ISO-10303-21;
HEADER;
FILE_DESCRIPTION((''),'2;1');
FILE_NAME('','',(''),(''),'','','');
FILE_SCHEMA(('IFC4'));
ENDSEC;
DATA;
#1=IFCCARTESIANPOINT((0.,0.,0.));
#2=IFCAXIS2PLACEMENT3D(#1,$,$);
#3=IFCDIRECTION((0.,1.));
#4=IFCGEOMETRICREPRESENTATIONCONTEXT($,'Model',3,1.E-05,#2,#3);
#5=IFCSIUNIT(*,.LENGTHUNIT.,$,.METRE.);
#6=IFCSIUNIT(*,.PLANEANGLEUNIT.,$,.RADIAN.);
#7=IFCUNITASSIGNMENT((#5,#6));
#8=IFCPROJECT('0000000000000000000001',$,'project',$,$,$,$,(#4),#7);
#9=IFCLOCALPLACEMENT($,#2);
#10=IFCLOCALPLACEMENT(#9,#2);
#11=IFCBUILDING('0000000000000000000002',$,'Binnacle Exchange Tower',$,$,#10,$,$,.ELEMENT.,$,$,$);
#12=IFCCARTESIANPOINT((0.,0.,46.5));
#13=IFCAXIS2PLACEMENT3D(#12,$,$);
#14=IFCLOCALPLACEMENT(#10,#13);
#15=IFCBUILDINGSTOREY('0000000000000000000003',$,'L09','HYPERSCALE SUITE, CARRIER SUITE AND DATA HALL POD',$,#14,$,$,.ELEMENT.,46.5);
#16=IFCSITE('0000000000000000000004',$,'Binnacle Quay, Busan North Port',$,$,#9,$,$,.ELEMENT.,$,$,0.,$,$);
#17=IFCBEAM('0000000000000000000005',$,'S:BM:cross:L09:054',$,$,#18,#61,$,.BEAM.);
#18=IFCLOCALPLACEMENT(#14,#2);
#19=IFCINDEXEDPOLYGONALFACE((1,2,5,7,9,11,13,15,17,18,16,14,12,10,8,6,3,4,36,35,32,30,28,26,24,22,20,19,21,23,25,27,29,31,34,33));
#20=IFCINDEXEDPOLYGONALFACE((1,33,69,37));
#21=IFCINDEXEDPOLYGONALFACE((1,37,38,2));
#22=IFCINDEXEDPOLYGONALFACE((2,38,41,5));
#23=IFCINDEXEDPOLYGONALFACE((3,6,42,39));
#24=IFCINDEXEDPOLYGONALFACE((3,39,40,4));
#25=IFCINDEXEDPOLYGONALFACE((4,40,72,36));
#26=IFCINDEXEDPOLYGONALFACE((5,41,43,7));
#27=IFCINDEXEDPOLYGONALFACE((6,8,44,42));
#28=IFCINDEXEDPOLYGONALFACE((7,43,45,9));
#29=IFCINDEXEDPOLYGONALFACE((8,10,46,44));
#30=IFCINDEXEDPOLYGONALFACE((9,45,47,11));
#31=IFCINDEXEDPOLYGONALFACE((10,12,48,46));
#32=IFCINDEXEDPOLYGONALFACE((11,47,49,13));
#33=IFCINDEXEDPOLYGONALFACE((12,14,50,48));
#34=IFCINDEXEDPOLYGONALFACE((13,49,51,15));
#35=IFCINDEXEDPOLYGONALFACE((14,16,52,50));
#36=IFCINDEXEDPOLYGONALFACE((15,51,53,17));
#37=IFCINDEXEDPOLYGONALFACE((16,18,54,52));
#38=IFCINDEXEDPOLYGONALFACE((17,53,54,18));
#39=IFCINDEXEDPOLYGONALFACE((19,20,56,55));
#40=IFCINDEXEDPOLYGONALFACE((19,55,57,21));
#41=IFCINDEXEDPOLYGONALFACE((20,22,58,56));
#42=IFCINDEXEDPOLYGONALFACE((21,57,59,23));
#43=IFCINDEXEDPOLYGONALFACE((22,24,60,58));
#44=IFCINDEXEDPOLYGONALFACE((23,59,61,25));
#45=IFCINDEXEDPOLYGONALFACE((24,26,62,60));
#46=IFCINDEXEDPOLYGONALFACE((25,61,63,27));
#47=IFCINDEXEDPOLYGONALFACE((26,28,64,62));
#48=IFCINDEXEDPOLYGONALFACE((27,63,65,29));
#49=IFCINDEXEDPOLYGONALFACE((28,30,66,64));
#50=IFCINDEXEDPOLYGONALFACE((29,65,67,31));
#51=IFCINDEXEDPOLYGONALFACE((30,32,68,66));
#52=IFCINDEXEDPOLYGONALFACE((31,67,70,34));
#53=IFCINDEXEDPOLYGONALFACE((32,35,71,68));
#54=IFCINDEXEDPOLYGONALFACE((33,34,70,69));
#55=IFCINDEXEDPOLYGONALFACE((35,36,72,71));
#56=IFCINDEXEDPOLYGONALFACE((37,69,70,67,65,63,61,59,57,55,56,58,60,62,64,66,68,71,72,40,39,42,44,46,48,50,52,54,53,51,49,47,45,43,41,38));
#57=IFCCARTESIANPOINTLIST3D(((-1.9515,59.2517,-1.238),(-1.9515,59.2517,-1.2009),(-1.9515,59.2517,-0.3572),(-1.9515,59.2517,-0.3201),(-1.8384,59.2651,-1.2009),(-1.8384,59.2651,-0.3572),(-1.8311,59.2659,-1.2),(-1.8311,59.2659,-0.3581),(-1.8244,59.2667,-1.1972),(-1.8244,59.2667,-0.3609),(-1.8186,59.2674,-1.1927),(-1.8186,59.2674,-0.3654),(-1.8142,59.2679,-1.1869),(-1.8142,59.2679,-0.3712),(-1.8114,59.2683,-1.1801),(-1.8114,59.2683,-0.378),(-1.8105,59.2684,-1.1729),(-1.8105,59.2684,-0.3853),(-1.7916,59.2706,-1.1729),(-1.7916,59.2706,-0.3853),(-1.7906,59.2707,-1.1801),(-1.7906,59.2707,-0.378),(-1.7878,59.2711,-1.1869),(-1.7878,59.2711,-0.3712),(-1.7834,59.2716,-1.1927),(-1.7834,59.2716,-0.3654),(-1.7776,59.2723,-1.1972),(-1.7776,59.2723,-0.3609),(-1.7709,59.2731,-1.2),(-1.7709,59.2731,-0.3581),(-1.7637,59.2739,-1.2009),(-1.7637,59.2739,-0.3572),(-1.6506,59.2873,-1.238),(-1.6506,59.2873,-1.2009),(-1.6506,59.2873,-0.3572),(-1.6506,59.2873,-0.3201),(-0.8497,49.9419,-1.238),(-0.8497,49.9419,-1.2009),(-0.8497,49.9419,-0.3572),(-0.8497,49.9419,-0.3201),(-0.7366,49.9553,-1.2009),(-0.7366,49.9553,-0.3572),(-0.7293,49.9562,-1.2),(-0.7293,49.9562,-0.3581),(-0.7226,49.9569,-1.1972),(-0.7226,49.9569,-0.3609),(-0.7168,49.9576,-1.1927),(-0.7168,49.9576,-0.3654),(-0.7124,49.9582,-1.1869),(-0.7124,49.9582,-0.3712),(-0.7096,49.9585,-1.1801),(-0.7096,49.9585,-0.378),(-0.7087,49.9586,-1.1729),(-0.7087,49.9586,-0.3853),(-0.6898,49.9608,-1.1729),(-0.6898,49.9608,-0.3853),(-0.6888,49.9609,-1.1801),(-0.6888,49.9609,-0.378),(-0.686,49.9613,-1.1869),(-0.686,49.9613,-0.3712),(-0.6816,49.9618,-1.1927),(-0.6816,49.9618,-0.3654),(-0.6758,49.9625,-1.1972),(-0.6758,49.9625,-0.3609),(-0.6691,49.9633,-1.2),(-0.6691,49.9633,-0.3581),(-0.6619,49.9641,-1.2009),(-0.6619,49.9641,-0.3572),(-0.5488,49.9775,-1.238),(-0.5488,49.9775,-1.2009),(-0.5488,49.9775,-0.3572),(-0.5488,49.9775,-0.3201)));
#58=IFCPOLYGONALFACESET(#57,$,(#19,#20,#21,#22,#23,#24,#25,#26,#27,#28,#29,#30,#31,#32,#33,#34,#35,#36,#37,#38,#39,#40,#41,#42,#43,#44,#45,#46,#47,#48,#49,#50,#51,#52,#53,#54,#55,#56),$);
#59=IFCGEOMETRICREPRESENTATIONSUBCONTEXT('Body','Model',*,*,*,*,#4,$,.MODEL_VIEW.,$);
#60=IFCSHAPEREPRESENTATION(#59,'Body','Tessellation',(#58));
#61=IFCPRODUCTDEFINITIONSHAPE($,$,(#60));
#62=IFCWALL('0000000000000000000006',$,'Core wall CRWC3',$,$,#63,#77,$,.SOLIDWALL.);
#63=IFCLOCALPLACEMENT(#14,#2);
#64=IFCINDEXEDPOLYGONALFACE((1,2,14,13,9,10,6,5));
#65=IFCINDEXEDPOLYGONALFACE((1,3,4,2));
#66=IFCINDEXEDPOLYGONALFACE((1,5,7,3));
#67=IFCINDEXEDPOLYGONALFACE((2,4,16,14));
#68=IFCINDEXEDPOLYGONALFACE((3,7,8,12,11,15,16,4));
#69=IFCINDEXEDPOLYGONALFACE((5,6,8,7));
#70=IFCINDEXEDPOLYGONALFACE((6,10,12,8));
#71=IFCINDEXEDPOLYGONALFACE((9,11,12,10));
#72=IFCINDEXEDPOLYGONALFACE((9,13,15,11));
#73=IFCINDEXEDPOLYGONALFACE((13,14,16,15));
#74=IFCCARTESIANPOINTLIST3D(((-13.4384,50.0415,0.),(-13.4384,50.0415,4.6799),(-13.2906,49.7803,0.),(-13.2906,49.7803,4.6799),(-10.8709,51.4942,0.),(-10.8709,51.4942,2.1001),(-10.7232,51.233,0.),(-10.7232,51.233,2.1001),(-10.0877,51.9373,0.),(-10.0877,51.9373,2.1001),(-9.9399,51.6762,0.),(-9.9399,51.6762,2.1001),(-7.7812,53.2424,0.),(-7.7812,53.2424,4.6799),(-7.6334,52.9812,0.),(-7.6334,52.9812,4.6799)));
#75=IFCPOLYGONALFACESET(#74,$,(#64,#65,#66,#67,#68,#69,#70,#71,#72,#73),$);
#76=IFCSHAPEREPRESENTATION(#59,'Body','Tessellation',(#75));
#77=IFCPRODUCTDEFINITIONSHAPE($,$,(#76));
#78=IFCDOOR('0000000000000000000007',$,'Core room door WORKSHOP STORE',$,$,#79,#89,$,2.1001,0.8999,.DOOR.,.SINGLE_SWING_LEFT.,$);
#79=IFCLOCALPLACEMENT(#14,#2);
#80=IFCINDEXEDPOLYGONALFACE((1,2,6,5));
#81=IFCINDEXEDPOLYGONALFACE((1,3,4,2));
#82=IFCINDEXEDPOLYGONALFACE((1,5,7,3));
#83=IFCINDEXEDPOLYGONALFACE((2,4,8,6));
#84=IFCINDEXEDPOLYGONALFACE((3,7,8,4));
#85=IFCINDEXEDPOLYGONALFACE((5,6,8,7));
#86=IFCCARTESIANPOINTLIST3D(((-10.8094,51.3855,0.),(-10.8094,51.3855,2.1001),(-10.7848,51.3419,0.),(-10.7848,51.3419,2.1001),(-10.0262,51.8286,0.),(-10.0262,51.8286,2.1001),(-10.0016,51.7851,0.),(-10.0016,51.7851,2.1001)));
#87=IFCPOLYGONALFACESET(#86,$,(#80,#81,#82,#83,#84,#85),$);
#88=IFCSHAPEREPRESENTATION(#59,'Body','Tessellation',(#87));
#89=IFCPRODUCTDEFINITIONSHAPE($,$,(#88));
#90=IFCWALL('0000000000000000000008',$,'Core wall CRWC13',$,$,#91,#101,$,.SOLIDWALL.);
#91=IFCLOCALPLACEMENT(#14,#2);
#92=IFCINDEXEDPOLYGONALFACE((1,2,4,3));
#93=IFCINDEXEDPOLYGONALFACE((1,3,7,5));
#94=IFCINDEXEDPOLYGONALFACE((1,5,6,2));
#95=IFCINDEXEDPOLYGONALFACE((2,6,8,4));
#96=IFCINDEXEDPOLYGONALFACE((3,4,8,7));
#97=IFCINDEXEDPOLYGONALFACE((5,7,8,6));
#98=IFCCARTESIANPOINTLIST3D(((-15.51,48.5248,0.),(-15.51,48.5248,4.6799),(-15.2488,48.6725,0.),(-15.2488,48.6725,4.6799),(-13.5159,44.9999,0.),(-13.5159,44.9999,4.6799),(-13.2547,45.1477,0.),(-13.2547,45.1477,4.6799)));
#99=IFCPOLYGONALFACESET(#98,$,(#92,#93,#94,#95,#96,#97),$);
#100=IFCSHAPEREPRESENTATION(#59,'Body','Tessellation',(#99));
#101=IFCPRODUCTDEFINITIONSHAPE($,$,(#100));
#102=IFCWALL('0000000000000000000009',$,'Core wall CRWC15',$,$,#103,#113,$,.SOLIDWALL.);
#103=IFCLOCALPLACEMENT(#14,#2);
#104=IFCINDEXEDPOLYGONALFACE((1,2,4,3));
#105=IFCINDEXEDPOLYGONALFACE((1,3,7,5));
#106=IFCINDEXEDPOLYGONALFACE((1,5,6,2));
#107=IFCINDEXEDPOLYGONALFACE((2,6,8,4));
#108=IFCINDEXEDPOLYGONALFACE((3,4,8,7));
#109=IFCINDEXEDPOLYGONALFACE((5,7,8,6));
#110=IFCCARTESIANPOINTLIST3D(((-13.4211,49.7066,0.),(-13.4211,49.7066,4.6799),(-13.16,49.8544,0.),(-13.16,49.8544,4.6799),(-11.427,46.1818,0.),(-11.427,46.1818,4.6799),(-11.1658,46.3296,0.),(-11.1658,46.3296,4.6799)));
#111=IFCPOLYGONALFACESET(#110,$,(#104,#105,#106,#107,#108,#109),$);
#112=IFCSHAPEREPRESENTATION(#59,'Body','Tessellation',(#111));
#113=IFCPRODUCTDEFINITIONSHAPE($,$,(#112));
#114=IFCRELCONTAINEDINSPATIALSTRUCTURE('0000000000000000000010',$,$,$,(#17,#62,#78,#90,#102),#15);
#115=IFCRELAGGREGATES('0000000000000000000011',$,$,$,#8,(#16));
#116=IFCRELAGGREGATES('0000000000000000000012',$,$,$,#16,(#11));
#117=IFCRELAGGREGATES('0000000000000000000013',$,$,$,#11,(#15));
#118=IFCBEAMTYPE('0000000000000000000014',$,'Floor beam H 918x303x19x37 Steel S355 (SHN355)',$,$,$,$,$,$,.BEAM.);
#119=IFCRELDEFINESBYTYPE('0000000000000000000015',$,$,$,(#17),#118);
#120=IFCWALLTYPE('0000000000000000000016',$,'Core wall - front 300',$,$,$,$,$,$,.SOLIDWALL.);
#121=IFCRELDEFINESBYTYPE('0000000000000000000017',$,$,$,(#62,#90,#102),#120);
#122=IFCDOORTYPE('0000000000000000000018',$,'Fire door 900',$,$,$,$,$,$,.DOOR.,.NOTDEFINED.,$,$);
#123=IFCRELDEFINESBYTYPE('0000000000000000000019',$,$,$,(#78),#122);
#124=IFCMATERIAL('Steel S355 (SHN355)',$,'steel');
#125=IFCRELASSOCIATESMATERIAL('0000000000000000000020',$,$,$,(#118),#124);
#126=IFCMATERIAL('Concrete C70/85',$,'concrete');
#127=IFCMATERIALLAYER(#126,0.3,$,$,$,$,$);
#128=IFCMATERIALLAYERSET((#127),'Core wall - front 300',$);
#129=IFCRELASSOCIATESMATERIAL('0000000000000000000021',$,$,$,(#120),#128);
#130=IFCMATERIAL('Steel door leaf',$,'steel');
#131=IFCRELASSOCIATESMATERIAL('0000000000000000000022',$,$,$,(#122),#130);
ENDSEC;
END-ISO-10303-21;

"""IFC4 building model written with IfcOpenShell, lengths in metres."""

from ifc_helpers import new_model, si_unit, direction, frame, frame_2d, origin, origin_2d, place, context, subcontext, project, spatial, rectangle, i_section, extrude, material, layer, layer_set, material_profile, profile_set, type_object, element, fill, save


model = new_model("IFC4")

# Units and contexts
model_context = context("Model", 3, precision=1e-05, world=origin(), true_north=direction((0.0, 1.0)))
body_context = subcontext(model_context, "Body", "Model", "MODEL_VIEW")
ifc_project = project(units=[si_unit("LENGTHUNIT", "METRE"), si_unit("PLANEANGLEUNIT", "RADIAN")], contexts=[model_context])

# Site, building, storey
site_placement = place(None, origin())
site = spatial("IfcSite", under=ifc_project, at=site_placement, Name="Binnacle Quay, Busan North Port", CompositionType="ELEMENT", RefElevation=0.0)
building_placement = place(site_placement, origin())
building = spatial("IfcBuilding", under=site, at=building_placement, Name="Binnacle Exchange Tower", CompositionType="ELEMENT")
storey_placement = place(building_placement, frame((0.0, 0.0, 46.5)))
storey = spatial("IfcBuildingStorey", under=building, at=storey_placement, Name="L09", Description="HYPERSCALE SUITE, CARRIER SUITE AND DATA HALL POD", CompositionType="ELEMENT", Elevation=46.5)

# Shared definitions
ifc_material_1 = material(Name="Concrete C70/85", Category="concrete")

# Beam
ifc_material_2 = material(Name="Steel S355 (SHN355)", Category="steel")
ifc_material_profile_1 = material_profile(ifc_material_2, i_section(OverallWidth=0.303, OverallDepth=0.918, WebThickness=0.019, FlangeThickness=0.0371, FilletRadius=0.0281, at=origin_2d()), Name="H 918x303x19x37")
ifc_profile_set_1 = profile_set([ifc_material_profile_1], Name="Steel S355 (SHN355)")
beam_type_1 = type_object("IfcBeamType", Name="Floor beam H 918x303x19x37 Steel S355 (SHN355)", PredefinedType="BEAM", material=ifc_profile_set_1)
beam_1_placement = place(storey_placement, frame((-0.6992, 49.9597, -0.7791), z_axis=(-0.117529, 0.993069, 0.0), x_axis=(-0.993069, -0.117529, 0.0)))
element("IfcBeam", 1, at=beam_1_placement, inside=storey, type_object=beam_type_1, Name="S:BM:cross:L09:054", PredefinedType="BEAM", context=body_context, shape_type="SweptSolid", body=[
    extrude(i_section(OverallWidth=0.303, OverallDepth=0.918, WebThickness=0.019, FlangeThickness=0.0371, FilletRadius=0.0281, at=origin_2d()), origin(), (0.0, 0.0, 1.0), 9.3748),
])

# Wall, opening, door
ifc_layer_1 = layer(ifc_material_1, 0.3)
ifc_layer_set_1 = layer_set([ifc_layer_1], Name="Core wall - front 300")
wall_type_1 = type_object("IfcWallType", Name="Core wall - front 300", PredefinedType="SOLIDWALL", material=ifc_layer_set_1)
wall_1_placement = place(storey_placement, frame((-13.3645, 49.9109, 0.0), z_axis=(0.0, 0.0, 1.0), x_axis=(0.870341, 0.49245, 0.0)))
wall_1 = element("IfcWall", 2, at=wall_1_placement, inside=storey, type_object=wall_type_1, Name="Core wall CRWC3", PredefinedType="SOLIDWALL", context=body_context, shape_type="SweptSolid", body=[
    extrude(rectangle(XDim=6.5, YDim=0.3, at=frame_2d((3.25, 0.0))), origin(), (0.0, 0.0, 1.0), 4.6799),
])
opening_1_placement = place(wall_1_placement, frame((2.95, 0.0, 0.0)))
opening_1 = element("IfcOpeningElement", 3, at=opening_1_placement, cuts=wall_1, PredefinedType="OPENING", context=body_context, shape_type="SweptSolid", body=[
    extrude(rectangle(XDim=0.8999, YDim=2.1001, at=frame_2d((0.45, 1.05))), frame((0.0, 0.1599, 0.0), z_axis=(0.0, -1.0, 0.0), x_axis=(1.0, 0.0, 0.0)), (0.0, 0.0, 1.0), 0.3201),
])
ifc_material_3 = material(Name="Steel door leaf", Category="steel")
door_type_1 = type_object("IfcDoorType", Name="Fire door 900", OperationType="NOTDEFINED", PredefinedType="DOOR", material=ifc_material_3)
door_1_placement = place(opening_1_placement, frame((0.8999, 0.0, 0.0), z_axis=(0.0, 0.0, 1.0), x_axis=(-1.0, 0.0, 0.0)))
door_1 = element("IfcDoor", 4, at=door_1_placement, inside=storey, type_object=door_type_1, Name="Core room door WORKSHOP STORE", OperationType="SINGLE_SWING_LEFT", OverallHeight=2.1001, OverallWidth=0.8999, PredefinedType="DOOR", context=body_context, shape_type="SweptSolid", body=[
    extrude(rectangle(XDim=0.8999, YDim=2.1001, at=frame_2d((0.45, 1.05))), frame((0.0, 0.0249, 0.0), z_axis=(0.0, -1.0, 0.0), x_axis=(1.0, 0.0, 0.0)), (0.0, 0.0, 1.0), 0.05),
])
fill(opening_1, door_1)

# Walls
for number, where, z_axis, x_axis, name in (
    (5, (-15.3794, 48.5986, 0.0), (0.0, 0.0, 1.0), (0.492395, -0.870372, 0.0), "Core wall CRWC13"),
    (6, (-13.2905, 49.7805, 0.0), (0.0, 0.0, 1.0), (0.492395, -0.870372, 0.0), "Core wall CRWC15"),
):
    element("IfcWall", number, at=place(storey_placement, frame(where, z_axis=z_axis, x_axis=x_axis)), inside=storey, type_object=wall_type_1, Name=name, PredefinedType="SOLIDWALL", context=body_context, shape_type="SweptSolid", body=[
        extrude(rectangle(XDim=4.0498, YDim=0.3, at=frame_2d((2.0249, 0.0))), origin(), (0.0, 0.0, 1.0), 4.6799),
    ])

save(model, "model.ifc")
